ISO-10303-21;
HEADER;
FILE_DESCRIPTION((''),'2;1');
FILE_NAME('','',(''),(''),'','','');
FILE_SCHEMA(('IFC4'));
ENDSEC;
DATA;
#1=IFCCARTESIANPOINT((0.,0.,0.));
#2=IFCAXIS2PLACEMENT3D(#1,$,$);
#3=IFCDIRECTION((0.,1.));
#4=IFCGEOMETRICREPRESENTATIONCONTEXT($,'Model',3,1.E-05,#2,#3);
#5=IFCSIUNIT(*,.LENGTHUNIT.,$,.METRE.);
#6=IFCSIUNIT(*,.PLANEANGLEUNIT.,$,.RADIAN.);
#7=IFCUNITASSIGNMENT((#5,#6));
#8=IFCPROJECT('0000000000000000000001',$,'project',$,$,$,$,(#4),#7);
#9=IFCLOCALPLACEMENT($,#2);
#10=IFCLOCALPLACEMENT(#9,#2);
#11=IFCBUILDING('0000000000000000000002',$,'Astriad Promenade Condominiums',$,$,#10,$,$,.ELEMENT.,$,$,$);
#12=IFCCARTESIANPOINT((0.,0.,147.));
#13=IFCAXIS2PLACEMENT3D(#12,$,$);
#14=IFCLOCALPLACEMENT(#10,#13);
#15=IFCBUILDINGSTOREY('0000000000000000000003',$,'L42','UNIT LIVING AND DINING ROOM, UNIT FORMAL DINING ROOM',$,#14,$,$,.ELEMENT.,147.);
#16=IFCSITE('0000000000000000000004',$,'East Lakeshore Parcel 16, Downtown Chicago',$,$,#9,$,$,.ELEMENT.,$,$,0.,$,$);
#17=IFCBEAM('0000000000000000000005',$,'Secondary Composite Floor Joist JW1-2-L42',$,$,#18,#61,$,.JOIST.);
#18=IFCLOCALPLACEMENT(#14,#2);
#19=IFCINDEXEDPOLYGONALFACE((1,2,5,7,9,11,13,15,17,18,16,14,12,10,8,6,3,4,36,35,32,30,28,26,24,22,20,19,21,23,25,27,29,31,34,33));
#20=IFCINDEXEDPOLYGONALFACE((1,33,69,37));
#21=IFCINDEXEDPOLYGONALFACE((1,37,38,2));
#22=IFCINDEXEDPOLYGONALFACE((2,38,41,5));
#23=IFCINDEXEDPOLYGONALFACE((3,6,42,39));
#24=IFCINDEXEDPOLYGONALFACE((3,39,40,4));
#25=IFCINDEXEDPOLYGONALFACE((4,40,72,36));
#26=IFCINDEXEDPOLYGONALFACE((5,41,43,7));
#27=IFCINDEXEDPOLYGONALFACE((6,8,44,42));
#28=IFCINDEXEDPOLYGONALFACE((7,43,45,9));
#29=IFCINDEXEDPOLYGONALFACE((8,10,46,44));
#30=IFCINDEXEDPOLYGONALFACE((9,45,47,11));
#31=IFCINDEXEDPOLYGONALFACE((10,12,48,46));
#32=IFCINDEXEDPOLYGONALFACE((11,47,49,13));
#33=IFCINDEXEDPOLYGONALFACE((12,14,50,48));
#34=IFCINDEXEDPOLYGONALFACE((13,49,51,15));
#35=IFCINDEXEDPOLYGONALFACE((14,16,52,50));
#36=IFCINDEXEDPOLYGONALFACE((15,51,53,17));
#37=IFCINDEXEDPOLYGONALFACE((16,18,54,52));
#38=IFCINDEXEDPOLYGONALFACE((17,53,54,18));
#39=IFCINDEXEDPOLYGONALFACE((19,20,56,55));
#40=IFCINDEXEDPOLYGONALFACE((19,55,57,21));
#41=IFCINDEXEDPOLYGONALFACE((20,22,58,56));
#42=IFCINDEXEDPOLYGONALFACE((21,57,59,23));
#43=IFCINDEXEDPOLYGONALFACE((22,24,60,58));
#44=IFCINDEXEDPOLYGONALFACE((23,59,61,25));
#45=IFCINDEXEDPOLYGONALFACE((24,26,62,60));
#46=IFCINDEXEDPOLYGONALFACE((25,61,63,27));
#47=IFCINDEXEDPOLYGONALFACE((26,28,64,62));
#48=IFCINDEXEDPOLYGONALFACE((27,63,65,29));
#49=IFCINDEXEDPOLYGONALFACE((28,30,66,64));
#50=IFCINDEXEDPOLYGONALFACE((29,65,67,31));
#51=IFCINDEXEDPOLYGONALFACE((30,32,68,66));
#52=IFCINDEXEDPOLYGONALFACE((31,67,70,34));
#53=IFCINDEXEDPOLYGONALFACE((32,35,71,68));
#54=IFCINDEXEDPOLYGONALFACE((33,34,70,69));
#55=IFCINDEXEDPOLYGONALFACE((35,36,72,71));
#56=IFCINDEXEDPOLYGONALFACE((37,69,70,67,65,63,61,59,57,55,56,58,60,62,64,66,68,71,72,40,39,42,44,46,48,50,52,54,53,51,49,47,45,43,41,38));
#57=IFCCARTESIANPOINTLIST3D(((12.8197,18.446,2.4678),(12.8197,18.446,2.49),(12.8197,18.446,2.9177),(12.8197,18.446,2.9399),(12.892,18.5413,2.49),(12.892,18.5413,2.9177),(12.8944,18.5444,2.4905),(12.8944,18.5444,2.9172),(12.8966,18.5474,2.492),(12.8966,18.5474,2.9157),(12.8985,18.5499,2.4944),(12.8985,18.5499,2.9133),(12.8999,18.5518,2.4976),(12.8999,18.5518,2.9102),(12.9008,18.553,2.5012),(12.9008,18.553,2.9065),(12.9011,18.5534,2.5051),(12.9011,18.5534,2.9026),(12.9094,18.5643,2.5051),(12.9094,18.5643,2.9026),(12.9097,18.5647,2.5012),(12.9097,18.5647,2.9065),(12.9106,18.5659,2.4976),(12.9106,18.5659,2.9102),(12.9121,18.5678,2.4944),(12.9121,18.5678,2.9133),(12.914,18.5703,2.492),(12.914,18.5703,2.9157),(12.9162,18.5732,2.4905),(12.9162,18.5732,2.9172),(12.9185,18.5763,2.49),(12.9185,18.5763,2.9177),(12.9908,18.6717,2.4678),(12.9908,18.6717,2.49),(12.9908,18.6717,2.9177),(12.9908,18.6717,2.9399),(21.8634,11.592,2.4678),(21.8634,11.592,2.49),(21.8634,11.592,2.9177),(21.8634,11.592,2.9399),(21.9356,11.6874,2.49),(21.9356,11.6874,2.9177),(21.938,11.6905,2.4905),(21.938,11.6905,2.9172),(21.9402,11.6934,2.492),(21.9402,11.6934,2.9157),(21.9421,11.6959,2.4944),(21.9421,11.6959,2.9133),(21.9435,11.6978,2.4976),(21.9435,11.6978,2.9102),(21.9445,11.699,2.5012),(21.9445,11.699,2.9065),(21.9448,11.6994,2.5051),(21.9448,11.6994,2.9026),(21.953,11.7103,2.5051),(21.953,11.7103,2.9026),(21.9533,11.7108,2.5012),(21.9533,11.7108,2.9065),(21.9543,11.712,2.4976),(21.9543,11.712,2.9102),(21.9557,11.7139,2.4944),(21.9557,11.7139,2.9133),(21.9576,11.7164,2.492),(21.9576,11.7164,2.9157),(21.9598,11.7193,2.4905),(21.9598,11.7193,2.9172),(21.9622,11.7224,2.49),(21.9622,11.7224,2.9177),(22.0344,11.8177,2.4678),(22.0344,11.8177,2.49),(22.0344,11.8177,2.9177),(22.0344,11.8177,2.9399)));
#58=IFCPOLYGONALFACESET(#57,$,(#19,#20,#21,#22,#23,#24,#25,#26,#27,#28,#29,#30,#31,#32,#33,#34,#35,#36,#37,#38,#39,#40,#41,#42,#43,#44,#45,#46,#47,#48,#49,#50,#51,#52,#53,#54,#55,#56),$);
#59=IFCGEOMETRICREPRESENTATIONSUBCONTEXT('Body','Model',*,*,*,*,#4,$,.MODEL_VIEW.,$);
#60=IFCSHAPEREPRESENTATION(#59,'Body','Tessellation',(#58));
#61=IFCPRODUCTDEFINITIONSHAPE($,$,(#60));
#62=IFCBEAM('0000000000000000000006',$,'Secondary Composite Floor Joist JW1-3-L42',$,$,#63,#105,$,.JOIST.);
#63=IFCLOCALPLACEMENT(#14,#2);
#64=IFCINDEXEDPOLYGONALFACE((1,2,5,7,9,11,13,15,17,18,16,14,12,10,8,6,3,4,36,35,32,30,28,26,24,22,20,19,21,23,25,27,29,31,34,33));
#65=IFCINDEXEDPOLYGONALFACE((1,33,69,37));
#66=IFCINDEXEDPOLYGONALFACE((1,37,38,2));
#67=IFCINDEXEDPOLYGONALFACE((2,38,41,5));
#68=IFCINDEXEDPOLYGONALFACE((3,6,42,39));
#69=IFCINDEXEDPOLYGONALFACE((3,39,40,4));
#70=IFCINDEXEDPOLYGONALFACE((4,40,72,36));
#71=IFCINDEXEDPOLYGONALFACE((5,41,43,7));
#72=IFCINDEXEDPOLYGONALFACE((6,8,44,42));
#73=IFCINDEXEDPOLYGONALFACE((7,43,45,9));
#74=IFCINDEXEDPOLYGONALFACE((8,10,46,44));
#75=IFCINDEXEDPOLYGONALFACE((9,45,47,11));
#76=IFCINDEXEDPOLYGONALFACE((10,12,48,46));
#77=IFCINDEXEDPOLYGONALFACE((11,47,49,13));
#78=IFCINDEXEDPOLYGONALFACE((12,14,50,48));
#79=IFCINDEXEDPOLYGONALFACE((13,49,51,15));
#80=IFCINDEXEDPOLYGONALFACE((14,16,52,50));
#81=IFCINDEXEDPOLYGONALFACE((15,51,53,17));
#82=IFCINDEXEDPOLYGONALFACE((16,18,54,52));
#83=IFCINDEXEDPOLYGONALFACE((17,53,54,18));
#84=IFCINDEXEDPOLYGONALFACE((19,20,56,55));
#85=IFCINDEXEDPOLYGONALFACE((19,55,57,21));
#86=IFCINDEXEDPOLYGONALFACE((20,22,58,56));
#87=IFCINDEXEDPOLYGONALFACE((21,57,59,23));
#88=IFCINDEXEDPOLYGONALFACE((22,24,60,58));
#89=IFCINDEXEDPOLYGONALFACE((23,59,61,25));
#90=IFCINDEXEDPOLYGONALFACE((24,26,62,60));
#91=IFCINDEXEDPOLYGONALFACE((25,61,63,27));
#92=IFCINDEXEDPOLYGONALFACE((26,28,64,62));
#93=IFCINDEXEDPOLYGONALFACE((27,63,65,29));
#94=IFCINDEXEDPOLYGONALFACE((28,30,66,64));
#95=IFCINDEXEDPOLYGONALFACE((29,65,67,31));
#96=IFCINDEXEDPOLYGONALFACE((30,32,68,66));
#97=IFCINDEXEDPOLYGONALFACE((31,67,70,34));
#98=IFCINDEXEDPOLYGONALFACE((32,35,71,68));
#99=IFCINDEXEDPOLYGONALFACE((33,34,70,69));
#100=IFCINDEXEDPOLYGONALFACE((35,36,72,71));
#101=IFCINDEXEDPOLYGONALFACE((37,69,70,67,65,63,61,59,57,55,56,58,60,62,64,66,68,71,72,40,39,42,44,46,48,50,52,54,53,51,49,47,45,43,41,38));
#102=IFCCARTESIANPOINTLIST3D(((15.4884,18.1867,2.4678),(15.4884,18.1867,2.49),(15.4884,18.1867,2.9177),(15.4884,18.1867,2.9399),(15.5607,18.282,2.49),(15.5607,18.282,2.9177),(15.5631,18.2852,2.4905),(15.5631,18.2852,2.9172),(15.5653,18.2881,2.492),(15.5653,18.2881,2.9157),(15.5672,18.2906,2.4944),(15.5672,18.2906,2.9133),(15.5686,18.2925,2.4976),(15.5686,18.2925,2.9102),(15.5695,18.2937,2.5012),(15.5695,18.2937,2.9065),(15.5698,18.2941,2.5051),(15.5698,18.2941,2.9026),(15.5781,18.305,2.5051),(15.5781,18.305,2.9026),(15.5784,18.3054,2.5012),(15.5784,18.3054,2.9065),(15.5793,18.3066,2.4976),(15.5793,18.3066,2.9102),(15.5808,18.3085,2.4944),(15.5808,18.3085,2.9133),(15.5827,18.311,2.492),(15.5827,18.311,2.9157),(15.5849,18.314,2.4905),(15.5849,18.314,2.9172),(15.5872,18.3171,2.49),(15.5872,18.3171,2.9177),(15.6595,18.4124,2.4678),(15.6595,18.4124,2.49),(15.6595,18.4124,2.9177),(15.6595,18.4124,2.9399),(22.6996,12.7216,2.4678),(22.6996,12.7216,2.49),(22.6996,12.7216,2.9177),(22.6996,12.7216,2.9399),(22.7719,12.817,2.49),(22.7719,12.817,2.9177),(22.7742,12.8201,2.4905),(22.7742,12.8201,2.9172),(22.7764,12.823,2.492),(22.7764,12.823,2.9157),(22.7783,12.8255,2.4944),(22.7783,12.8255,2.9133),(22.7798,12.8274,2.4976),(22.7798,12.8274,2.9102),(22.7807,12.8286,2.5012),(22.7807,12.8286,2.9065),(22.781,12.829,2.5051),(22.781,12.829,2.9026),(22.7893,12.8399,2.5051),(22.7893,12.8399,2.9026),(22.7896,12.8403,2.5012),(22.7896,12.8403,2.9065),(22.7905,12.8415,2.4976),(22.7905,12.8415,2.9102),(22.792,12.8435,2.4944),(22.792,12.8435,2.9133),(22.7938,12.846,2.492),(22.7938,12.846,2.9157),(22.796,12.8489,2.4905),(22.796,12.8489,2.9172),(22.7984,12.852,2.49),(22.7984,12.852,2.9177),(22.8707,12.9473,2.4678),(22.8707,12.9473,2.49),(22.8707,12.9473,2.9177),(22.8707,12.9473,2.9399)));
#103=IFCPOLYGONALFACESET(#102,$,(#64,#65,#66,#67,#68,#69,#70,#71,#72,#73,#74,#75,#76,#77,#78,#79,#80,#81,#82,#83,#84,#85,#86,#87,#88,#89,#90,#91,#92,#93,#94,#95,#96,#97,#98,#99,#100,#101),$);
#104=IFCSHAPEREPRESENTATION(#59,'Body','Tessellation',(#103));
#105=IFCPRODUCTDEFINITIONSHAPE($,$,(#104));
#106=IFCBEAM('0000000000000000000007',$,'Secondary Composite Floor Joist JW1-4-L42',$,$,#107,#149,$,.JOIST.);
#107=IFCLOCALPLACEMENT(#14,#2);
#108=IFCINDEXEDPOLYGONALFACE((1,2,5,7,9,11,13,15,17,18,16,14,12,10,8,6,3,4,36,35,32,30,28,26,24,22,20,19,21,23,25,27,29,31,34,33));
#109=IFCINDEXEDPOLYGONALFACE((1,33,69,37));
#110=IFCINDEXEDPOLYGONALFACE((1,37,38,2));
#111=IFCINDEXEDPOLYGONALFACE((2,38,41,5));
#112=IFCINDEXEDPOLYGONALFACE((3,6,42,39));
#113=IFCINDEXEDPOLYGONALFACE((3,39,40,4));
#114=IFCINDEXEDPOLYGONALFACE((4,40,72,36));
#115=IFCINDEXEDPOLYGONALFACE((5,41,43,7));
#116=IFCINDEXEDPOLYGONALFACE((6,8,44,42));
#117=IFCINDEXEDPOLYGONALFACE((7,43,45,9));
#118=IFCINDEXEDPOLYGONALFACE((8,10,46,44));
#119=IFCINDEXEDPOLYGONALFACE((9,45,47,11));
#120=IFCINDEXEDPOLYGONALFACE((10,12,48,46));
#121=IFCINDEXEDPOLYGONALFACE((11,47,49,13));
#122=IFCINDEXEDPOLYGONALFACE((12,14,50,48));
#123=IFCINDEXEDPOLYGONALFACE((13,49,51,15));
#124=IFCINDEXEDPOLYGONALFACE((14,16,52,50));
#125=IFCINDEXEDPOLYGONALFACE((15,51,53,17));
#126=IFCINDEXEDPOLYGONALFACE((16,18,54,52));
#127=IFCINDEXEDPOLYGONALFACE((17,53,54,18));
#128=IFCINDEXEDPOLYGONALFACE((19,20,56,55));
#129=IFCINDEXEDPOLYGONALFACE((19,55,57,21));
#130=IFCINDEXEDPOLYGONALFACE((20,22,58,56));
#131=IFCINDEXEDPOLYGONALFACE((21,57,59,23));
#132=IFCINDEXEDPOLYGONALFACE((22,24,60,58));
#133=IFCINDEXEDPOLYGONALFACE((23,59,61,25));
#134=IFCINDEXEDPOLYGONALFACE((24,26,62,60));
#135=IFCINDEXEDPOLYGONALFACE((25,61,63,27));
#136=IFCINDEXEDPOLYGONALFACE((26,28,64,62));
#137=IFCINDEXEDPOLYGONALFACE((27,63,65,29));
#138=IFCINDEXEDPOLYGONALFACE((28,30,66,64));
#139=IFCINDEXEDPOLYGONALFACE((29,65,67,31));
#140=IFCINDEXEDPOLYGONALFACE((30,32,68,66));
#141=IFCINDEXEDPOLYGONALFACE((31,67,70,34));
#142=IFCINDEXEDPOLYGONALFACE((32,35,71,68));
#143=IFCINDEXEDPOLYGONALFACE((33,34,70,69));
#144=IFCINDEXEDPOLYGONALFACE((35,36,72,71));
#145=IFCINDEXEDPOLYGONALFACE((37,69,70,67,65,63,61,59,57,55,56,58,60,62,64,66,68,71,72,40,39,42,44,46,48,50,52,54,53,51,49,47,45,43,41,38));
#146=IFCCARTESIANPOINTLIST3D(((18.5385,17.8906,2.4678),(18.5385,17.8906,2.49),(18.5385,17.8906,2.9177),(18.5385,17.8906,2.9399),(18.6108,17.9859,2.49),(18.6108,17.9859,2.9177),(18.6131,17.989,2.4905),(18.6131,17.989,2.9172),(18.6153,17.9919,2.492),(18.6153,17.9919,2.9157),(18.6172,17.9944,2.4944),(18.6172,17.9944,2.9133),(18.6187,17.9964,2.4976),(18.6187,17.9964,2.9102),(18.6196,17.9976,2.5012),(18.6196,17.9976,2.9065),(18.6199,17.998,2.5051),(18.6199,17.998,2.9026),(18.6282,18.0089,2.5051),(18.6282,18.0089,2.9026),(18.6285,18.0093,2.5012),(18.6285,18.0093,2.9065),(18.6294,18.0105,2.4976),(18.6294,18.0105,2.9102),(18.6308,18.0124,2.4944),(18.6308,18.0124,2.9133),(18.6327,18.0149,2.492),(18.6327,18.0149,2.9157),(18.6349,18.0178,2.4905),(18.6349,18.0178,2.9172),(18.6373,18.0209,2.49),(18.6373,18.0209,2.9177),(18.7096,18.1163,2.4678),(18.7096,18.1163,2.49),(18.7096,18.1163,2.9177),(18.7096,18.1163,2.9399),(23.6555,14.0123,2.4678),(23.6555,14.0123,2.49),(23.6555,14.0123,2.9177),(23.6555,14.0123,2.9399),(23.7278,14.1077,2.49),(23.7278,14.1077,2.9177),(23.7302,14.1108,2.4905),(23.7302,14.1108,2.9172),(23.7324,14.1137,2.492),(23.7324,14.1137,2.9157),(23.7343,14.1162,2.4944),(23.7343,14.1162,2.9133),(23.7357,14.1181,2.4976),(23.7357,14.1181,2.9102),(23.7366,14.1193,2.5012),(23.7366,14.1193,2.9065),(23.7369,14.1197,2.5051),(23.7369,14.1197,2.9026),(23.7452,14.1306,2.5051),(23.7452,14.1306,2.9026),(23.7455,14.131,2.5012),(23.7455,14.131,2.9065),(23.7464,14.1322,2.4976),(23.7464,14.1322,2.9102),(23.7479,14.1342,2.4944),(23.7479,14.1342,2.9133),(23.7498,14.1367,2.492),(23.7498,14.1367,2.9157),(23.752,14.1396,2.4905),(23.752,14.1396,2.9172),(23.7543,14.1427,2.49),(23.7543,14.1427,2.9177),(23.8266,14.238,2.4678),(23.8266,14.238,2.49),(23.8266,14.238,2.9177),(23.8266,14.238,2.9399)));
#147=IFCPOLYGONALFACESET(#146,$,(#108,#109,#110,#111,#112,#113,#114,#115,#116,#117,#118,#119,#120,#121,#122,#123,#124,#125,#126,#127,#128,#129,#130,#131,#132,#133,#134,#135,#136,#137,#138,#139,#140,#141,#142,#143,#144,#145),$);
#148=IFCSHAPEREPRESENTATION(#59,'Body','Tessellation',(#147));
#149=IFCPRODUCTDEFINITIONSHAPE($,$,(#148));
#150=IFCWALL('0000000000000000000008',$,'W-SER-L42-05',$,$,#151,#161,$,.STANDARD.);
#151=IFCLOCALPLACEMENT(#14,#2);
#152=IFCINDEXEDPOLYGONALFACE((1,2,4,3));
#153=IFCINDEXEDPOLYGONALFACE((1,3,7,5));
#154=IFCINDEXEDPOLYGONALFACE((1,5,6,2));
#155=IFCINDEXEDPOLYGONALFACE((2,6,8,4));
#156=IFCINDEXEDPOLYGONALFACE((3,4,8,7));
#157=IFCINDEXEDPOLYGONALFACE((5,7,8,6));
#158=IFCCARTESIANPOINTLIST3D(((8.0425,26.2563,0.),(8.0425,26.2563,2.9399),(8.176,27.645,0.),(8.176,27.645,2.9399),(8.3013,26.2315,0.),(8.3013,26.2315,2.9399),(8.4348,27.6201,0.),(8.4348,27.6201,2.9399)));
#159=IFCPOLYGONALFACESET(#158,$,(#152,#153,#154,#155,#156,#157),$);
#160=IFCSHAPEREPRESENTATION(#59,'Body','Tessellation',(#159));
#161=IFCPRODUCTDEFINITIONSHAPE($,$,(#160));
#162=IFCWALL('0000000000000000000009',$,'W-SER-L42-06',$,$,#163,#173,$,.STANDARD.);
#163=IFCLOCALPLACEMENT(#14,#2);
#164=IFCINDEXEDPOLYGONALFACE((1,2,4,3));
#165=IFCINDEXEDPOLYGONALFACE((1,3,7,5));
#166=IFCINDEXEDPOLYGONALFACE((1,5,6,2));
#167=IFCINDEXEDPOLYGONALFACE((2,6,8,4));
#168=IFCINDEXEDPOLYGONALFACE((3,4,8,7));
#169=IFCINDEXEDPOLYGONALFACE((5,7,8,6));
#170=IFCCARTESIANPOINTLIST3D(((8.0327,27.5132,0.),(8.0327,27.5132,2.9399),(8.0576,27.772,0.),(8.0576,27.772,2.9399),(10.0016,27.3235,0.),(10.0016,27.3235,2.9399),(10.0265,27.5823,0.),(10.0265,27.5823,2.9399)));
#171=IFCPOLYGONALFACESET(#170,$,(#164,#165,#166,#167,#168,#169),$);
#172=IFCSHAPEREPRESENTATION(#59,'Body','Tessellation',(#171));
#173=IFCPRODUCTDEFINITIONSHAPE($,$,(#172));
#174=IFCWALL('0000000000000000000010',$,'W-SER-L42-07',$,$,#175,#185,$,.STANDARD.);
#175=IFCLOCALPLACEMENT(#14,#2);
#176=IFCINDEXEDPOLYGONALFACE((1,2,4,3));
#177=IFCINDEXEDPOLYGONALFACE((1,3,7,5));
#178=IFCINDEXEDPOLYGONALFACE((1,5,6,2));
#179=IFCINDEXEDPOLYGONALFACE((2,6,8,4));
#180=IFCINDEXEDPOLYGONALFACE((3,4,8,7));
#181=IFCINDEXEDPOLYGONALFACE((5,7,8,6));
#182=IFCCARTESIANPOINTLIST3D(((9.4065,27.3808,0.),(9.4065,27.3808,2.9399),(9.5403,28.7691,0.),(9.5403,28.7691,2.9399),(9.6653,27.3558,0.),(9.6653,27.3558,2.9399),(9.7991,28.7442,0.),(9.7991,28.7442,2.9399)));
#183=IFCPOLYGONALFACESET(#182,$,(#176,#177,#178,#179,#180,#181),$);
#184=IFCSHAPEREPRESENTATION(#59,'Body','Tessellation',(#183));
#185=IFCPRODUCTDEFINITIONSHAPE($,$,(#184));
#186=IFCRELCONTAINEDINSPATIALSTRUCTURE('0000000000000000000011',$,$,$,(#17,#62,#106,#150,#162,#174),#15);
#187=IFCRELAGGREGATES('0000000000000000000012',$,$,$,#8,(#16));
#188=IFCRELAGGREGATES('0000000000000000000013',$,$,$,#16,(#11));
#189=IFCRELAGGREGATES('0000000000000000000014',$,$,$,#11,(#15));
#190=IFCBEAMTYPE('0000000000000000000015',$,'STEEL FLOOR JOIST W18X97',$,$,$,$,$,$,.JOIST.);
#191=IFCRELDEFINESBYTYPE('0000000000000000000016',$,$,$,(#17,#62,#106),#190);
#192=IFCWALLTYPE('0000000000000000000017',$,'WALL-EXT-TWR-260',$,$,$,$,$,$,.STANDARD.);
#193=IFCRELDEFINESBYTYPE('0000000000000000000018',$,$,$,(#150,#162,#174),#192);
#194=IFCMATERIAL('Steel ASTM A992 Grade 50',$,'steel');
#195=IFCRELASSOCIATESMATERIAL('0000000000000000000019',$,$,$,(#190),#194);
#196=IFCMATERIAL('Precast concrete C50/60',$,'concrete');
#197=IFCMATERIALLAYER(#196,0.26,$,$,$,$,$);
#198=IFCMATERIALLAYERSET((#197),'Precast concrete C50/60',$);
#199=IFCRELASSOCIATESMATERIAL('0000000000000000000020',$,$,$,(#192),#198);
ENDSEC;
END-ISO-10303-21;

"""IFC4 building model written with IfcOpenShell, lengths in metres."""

from ifc_helpers import new_model, si_unit, direction, frame, frame_2d, origin, origin_2d, place, context, subcontext, project, spatial, rectangle, i_section, extrude, source, transform, mapped, material, layer, layer_set, material_profile, profile_set, type_object, element, save


model = new_model("IFC4")

# Units and contexts
model_context = context("Model", 3, precision=1e-05, world=origin(), true_north=direction((0.0, 1.0)))
body_context = subcontext(model_context, "Body", "Model", "MODEL_VIEW")
ifc_project = project(units=[si_unit("LENGTHUNIT", "METRE"), si_unit("PLANEANGLEUNIT", "RADIAN")], contexts=[model_context])

# Site, building, storey
site_placement = place(None, origin())
site = spatial("IfcSite", under=ifc_project, at=site_placement, Name="East Lakeshore Parcel 16, Downtown Chicago", CompositionType="ELEMENT", RefElevation=0.0)
building_placement = place(site_placement, origin())
building = spatial("IfcBuilding", under=site, at=building_placement, Name="Astriad Promenade Condominiums", CompositionType="ELEMENT")
storey_placement = place(building_placement, frame((0.0, 0.0, 147.0)))
storey = spatial("IfcBuildingStorey", under=building, at=storey_placement, Name="L42", Description="UNIT LIVING AND DINING ROOM, UNIT FORMAL DINING ROOM", CompositionType="ELEMENT", Elevation=147.0)

# Beams
ifc_material_1 = material(Name="Steel ASTM A992 Grade 50", Category="steel")
ifc_material_profile_1 = material_profile(ifc_material_1, i_section(OverallWidth=0.2832, OverallDepth=0.4722, WebThickness=0.0137, FlangeThickness=0.0222, FilletRadius=0.0151, at=origin_2d()), Name="W18X97")
ifc_profile_set_1 = profile_set([ifc_material_profile_1], Name="Steel ASTM A992 Grade 50")
beam_type_1 = type_object("IfcBeamType", Name="STEEL FLOOR JOIST W18X97", PredefinedType="JOIST", material=ifc_profile_set_1)
shared_shape_1 = source(origin(), body_context, "Body", "SweptSolid", [
    extrude(i_section(OverallWidth=0.2832, OverallDepth=0.4722, WebThickness=0.0137, FlangeThickness=0.0222, FilletRadius=0.0151, at=origin_2d()), origin(), (0.0, 0.0, 1.0), 11.3474),
])
beam_1_placement = place(storey_placement, frame((12.9053, 18.5588, 2.7039), z_axis=(0.796977, -0.60401, 0.0), x_axis=(0.60401, 0.796977, 0.0)))
element("IfcBeam", 1, at=beam_1_placement, inside=storey, type_object=beam_type_1, Name="Secondary Composite Floor Joist JW1-2-L42", PredefinedType="JOIST", context=body_context, shape_type="MappedRepresentation", body=[
    mapped(shared_shape_1, transform((0.0, 0.0, 0.0), scale=1.0)),
])
shared_shape_2 = source(origin(), body_context, "Body", "SweptSolid", [
    extrude(i_section(OverallWidth=0.2832, OverallDepth=0.4722, WebThickness=0.0137, FlangeThickness=0.0222, FilletRadius=0.0151, at=origin_2d()), origin(), (0.0, 0.0, 1.0), 9.0481),
])
beam_2_placement = place(storey_placement, frame((15.574, 18.2996, 2.7039), z_axis=(0.796982, -0.604003, 0.0), x_axis=(0.604003, 0.796982, 0.0)))
element("IfcBeam", 2, at=beam_2_placement, inside=storey, type_object=beam_type_1, Name="Secondary Composite Floor Joist JW1-3-L42", PredefinedType="JOIST", context=body_context, shape_type="MappedRepresentation", body=[
    mapped(shared_shape_2, transform((0.0, 0.0, 0.0), scale=1.0)),
])
shared_shape_3 = source(origin(), body_context, "Body", "SweptSolid", [
    extrude(i_section(OverallWidth=0.2832, OverallDepth=0.4722, WebThickness=0.0137, FlangeThickness=0.0222, FilletRadius=0.0151, at=origin_2d()), origin(), (0.0, 0.0, 1.0), 6.4207),
])
beam_3_placement = place(storey_placement, frame((18.624, 18.0034, 2.7039), z_axis=(0.796965, -0.604026, 0.0), x_axis=(0.604026, 0.796965, 0.0)))
element("IfcBeam", 3, at=beam_3_placement, inside=storey, type_object=beam_type_1, Name="Secondary Composite Floor Joist JW1-4-L42", PredefinedType="JOIST", context=body_context, shape_type="MappedRepresentation", body=[
    mapped(shared_shape_3, transform((0.0, 0.0, 0.0), scale=1.0)),
])

# Walls
ifc_material_2 = material(Name="Precast concrete C50/60", Category="concrete")
ifc_layer_1 = layer(ifc_material_2, 0.26)
ifc_layer_set_1 = layer_set([ifc_layer_1], Name="Precast concrete C50/60")
wall_type_1 = type_object("IfcWallType", Name="WALL-EXT-TWR-260", PredefinedType="STANDARD", material=ifc_layer_set_1)
wall_1_placement = place(storey_placement, frame((8.1719, 26.2439, 0.0), z_axis=(0.0, 0.0, 1.0), x_axis=(0.095726, 0.995408, 0.0)))
element("IfcWall", 4, at=wall_1_placement, inside=storey, type_object=wall_type_1, Name="W-SER-L42-05", PredefinedType="STANDARD", context=body_context, shape_type="SweptSolid", body=[
    extrude(rectangle(XDim=1.395, YDim=0.26, at=frame_2d((0.6975, 0.0))), origin(), (0.0, 0.0, 1.0), 2.9399),
])
wall_2_placement = place(storey_placement, frame((8.0452, 27.6426, 0.0), z_axis=(0.0, 0.0, 1.0), x_axis=(0.995391, -0.095898, 0.0)))
element("IfcWall", 5, at=wall_2_placement, inside=storey, type_object=wall_type_1, Name="W-SER-L42-06", PredefinedType="STANDARD", context=body_context, shape_type="SweptSolid", body=[
    extrude(rectangle(XDim=1.978, YDim=0.26, at=frame_2d((0.989, 0.0))), origin(), (0.0, 0.0, 1.0), 2.9399),
])
wall_3_placement = place(storey_placement, frame((9.5359, 27.3684, 0.0), z_axis=(0.0, 0.0, 1.0), x_axis=(0.095916, 0.995389, 0.0)))
element("IfcWall", 6, at=wall_3_placement, inside=storey, type_object=wall_type_1, Name="W-SER-L42-07", PredefinedType="STANDARD", context=body_context, shape_type="SweptSolid", body=[
    extrude(rectangle(XDim=1.3948, YDim=0.26, at=frame_2d((0.6973, 0.0))), origin(), (0.0, 0.0, 1.0), 2.9399),
])

save(model, "model.ifc")
